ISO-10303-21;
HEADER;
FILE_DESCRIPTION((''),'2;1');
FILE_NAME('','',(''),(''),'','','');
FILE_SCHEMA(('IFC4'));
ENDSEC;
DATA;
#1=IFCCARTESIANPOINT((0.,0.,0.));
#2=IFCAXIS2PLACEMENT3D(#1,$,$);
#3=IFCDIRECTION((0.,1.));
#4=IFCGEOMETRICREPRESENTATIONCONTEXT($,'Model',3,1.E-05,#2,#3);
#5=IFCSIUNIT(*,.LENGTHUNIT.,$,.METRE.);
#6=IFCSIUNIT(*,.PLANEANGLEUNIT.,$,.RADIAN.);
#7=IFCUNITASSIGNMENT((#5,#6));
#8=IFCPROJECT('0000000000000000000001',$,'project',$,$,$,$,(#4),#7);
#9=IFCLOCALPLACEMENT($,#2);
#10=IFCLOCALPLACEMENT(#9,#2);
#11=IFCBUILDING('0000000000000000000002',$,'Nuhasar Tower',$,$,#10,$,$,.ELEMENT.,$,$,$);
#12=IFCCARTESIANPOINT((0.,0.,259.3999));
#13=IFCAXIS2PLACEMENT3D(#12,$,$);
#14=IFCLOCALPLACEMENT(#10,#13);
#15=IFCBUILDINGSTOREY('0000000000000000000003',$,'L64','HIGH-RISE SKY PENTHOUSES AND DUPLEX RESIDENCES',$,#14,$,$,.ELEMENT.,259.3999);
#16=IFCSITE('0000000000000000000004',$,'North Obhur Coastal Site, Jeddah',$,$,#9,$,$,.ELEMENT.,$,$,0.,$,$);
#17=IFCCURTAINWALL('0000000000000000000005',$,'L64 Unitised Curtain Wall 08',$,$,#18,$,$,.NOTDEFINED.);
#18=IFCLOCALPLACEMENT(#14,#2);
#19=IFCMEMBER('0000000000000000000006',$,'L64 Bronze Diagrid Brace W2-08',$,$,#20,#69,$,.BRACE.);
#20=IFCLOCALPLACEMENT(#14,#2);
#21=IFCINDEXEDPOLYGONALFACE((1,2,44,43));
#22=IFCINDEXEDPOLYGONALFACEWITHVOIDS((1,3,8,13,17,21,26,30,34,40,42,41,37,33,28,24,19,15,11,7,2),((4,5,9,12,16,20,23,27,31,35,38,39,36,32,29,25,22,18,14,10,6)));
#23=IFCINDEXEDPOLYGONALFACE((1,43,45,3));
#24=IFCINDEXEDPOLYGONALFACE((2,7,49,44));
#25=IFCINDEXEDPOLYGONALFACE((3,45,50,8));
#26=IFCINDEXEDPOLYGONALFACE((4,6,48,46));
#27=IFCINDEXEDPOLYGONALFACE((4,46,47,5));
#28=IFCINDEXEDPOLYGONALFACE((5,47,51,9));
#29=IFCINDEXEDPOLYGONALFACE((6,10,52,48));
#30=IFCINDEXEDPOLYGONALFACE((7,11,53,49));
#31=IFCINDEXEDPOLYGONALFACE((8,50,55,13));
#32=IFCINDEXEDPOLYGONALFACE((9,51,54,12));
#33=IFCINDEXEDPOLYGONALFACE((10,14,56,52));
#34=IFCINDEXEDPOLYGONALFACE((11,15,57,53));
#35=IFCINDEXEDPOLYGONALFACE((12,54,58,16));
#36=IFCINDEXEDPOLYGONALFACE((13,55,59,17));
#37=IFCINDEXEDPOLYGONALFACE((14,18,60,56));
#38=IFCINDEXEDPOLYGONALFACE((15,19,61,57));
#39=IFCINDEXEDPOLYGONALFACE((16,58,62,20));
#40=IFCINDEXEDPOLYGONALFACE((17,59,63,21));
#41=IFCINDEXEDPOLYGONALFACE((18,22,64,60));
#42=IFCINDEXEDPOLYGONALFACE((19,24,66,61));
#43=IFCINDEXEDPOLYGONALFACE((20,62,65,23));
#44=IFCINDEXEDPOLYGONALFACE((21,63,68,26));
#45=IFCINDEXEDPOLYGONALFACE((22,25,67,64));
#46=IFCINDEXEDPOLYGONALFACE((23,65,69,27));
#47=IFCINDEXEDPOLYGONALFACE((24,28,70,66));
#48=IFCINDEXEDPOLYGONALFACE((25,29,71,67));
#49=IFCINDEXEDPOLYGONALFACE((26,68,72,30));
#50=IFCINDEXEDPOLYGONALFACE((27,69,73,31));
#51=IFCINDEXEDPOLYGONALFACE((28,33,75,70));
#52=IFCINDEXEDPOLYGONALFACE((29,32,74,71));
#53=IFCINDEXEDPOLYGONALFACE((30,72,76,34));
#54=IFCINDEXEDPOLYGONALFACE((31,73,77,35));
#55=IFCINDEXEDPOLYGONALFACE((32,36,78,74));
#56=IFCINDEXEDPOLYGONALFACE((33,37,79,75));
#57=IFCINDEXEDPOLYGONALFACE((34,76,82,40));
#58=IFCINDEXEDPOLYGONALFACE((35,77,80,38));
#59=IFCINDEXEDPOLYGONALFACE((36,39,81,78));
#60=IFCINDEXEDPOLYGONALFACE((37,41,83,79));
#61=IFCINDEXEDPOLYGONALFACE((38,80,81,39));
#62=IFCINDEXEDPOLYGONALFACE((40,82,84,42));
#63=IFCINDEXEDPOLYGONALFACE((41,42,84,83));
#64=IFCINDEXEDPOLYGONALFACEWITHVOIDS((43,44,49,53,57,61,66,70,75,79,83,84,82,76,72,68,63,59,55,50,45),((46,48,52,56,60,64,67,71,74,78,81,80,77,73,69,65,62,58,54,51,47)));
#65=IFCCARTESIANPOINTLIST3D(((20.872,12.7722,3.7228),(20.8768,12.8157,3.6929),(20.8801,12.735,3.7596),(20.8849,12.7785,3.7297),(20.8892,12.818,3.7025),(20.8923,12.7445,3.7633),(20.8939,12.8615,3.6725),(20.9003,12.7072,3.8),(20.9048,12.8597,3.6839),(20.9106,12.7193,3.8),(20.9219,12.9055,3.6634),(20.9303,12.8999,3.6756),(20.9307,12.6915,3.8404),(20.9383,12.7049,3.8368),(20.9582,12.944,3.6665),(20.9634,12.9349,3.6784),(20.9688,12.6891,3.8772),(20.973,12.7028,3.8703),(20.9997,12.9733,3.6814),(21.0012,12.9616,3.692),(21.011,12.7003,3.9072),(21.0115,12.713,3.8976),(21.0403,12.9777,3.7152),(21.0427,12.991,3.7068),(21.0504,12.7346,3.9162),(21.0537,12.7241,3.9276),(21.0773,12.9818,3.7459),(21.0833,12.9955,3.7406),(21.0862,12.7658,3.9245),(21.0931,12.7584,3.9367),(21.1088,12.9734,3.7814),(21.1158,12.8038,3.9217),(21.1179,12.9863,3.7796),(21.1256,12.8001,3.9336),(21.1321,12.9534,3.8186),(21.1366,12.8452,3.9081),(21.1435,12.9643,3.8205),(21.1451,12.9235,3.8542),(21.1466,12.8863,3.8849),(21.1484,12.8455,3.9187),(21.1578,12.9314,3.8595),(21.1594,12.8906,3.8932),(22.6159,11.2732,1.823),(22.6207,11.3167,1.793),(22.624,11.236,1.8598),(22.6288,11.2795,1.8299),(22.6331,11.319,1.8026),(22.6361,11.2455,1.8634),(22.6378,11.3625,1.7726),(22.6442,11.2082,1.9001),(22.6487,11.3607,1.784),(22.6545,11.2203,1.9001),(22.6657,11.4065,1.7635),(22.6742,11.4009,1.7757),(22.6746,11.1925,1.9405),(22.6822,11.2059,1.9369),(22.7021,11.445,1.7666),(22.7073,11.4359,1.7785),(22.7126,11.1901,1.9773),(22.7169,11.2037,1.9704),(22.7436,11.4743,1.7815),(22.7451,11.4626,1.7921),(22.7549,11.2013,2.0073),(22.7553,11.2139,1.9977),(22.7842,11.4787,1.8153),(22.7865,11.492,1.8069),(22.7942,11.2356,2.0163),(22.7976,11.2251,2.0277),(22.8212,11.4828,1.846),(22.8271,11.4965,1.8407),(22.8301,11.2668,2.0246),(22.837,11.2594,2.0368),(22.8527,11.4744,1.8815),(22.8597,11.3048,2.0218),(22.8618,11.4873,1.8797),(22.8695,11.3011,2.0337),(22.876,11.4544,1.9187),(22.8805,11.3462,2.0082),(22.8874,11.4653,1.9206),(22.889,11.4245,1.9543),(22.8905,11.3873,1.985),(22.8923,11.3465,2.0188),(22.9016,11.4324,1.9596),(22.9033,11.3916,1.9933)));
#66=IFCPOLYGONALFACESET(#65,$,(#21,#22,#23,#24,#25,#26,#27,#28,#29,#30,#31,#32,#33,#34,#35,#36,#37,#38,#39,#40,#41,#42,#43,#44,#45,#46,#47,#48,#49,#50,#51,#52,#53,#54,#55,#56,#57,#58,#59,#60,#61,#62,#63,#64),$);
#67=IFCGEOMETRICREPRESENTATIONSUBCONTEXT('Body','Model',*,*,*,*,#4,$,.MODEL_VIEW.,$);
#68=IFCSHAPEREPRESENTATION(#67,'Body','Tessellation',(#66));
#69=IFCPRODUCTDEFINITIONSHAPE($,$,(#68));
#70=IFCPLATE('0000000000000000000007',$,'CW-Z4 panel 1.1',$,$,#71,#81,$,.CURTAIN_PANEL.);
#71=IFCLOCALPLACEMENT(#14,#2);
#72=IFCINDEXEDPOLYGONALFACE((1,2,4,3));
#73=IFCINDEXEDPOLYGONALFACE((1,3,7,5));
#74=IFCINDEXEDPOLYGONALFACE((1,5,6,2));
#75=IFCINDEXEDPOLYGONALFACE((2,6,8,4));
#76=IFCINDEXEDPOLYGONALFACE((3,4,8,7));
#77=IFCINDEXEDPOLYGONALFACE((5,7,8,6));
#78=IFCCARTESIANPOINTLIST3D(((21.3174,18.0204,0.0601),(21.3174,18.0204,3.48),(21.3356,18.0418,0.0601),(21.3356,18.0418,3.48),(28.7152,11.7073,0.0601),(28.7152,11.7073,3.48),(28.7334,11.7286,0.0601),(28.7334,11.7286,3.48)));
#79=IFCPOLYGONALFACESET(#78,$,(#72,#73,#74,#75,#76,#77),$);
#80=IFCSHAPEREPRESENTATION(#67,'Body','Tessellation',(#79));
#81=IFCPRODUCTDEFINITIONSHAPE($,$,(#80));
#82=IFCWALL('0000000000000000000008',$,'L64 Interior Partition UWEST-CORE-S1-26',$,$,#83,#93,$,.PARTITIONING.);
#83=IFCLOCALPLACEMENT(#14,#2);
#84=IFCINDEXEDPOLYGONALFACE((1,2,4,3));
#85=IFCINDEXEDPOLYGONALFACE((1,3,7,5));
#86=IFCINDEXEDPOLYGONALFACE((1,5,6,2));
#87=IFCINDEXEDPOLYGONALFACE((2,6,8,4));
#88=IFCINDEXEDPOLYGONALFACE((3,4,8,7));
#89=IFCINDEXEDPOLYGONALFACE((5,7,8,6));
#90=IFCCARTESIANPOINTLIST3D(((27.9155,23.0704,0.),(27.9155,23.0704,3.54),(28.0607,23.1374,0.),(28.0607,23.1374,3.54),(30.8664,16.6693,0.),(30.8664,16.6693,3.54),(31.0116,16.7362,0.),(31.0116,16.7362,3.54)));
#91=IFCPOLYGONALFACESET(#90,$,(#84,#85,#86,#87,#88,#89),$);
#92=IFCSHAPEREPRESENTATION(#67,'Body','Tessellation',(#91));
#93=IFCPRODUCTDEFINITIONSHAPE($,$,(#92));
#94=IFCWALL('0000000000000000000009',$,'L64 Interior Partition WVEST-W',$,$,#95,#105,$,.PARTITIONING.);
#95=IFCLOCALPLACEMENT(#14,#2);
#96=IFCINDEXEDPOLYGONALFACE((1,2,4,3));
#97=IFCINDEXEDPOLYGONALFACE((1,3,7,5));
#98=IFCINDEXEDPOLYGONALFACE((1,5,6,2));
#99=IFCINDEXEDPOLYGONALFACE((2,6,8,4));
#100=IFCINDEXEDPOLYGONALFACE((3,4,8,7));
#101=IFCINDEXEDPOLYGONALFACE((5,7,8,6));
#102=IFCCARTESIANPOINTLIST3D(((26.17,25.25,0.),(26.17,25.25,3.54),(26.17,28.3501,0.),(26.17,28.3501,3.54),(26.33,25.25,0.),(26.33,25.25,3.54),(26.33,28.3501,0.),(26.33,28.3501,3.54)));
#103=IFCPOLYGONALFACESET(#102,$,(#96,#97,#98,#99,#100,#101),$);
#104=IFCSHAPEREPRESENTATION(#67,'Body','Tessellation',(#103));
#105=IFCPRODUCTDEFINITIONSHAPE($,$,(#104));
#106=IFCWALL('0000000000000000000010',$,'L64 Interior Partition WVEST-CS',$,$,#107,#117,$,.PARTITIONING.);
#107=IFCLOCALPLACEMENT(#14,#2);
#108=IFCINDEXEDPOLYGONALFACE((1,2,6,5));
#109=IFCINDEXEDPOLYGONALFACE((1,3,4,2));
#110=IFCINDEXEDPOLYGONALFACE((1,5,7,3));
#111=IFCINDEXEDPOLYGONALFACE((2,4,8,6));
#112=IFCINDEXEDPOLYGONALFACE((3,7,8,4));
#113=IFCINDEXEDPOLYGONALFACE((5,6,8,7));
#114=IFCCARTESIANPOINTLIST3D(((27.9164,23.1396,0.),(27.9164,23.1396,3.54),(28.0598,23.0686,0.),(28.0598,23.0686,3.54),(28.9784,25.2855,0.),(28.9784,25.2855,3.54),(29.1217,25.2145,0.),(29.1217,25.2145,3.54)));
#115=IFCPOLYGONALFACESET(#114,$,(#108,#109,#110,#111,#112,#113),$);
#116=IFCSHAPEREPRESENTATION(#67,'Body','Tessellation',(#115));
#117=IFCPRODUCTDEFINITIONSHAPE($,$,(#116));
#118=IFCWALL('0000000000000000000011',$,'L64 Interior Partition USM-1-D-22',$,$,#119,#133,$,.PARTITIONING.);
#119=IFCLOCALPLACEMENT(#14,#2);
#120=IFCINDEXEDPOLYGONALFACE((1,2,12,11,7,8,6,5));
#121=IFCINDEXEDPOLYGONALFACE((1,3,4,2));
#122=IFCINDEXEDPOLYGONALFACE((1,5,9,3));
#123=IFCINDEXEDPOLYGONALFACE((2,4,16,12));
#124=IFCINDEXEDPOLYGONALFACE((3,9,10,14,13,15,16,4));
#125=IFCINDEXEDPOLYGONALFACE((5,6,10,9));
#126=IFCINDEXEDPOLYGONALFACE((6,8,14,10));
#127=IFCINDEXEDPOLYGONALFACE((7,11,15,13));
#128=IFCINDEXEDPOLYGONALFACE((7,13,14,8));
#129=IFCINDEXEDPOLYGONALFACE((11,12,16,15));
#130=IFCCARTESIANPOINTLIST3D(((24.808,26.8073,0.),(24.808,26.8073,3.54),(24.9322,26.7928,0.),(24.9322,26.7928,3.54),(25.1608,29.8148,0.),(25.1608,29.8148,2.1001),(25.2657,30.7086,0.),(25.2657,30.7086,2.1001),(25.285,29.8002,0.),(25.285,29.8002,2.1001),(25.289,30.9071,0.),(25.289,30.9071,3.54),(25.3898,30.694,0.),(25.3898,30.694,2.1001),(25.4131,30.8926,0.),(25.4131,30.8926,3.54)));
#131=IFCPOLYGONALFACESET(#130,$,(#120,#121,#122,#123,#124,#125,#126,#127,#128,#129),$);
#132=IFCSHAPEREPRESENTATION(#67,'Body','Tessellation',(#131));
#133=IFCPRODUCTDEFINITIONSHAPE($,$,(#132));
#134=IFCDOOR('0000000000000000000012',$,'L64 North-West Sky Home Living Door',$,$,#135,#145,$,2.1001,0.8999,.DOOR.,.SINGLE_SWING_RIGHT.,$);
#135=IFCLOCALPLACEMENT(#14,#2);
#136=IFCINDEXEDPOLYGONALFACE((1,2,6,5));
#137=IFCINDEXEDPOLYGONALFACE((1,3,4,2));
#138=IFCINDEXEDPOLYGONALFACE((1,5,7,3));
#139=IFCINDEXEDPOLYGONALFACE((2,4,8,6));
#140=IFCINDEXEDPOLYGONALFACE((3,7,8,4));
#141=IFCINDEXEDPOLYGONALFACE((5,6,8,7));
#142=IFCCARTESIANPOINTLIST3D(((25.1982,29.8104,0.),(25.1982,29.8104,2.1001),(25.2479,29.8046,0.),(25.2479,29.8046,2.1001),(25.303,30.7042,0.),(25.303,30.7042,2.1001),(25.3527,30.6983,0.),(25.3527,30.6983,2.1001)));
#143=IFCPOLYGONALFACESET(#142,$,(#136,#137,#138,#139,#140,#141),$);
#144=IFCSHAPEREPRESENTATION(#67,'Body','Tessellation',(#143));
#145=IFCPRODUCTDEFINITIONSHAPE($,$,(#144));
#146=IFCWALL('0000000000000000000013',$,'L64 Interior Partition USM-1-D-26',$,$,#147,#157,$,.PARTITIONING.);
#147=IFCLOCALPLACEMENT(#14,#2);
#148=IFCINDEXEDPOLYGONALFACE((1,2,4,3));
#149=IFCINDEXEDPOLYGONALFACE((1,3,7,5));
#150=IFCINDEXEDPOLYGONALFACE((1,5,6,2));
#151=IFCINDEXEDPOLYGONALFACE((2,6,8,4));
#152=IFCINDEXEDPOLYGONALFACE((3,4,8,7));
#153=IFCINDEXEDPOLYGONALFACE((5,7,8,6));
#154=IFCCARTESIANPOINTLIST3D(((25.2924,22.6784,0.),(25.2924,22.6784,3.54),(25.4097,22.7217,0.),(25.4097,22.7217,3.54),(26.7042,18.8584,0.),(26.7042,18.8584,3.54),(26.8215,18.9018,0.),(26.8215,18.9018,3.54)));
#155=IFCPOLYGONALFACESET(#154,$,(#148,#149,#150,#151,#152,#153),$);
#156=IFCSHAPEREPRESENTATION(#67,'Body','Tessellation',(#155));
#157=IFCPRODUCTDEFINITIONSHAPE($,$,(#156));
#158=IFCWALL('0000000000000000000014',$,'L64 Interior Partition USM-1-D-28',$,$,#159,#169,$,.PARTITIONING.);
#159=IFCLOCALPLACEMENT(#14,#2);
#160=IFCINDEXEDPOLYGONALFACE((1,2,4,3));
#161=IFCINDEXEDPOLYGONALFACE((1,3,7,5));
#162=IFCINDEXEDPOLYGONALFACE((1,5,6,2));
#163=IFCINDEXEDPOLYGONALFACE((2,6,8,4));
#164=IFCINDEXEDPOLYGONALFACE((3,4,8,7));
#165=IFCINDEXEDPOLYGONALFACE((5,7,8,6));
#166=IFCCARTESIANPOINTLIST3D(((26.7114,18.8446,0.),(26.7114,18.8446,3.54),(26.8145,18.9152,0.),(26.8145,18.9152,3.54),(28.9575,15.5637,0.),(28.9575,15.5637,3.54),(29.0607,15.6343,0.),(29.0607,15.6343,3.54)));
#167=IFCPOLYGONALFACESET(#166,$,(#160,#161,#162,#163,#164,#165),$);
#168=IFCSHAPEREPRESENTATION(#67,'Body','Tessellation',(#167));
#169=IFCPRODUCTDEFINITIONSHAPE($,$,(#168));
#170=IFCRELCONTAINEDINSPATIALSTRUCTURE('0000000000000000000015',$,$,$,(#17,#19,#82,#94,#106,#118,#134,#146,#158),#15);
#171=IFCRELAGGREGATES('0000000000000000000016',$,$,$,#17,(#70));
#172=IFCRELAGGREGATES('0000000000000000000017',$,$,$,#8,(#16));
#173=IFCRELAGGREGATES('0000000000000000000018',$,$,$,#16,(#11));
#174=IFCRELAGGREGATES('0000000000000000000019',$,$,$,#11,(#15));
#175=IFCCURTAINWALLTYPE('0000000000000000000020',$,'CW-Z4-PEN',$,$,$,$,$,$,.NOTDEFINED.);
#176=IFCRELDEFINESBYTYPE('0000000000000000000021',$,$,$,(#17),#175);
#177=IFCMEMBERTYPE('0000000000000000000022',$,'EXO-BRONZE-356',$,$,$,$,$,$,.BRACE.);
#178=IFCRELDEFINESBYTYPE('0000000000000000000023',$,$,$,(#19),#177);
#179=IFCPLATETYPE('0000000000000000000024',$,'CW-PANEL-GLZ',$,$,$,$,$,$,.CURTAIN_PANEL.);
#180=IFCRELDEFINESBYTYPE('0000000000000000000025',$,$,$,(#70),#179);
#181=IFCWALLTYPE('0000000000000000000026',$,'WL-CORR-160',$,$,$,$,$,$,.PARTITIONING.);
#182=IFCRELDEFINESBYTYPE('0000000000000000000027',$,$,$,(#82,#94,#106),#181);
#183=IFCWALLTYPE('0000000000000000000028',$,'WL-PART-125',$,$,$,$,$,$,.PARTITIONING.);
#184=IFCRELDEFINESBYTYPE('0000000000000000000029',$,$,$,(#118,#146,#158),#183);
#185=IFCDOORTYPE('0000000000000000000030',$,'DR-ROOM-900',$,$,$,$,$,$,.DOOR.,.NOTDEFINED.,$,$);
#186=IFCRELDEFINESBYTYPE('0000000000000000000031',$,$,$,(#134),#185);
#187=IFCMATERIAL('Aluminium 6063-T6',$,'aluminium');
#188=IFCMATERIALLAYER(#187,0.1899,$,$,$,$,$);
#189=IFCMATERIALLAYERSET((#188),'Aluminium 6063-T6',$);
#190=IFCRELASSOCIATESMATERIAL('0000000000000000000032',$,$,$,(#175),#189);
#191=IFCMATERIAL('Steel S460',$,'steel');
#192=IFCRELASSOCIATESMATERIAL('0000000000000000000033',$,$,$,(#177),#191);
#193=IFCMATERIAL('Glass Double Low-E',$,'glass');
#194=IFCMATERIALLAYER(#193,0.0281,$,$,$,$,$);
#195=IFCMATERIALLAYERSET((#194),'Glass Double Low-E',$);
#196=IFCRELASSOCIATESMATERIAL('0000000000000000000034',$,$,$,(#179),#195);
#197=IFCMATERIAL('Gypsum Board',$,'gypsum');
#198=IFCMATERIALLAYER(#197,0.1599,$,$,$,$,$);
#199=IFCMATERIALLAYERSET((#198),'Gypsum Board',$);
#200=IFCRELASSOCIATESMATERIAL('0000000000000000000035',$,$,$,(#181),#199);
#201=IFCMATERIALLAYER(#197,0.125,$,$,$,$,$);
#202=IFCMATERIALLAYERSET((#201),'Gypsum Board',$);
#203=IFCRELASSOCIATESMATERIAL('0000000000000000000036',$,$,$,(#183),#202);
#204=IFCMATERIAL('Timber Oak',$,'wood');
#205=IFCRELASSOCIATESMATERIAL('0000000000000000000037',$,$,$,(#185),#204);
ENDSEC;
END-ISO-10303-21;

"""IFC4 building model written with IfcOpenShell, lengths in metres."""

from ifc_helpers import new_model, si_unit, direction, frame, frame_2d, origin, origin_2d, place, context, subcontext, project, spatial, rectangle, hollow_circle, extrude, material, layer, layer_set, material_profile, profile_set, type_object, element, fill, aggregate, save


model = new_model("IFC4")

# Units and contexts
model_context = context("Model", 3, precision=1e-05, world=origin(), true_north=direction((0.0, 1.0)))
body_context = subcontext(model_context, "Body", "Model", "MODEL_VIEW")
ifc_project = project(units=[si_unit("LENGTHUNIT", "METRE"), si_unit("PLANEANGLEUNIT", "RADIAN")], contexts=[model_context])

# Site, building, storey
site_placement = place(None, origin())
site = spatial("IfcSite", under=ifc_project, at=site_placement, Name="North Obhur Coastal Site, Jeddah", CompositionType="ELEMENT", RefElevation=0.0)
building_placement = place(site_placement, origin())
building = spatial("IfcBuilding", under=site, at=building_placement, Name="Nuhasar Tower", CompositionType="ELEMENT")
storey_placement = place(building_placement, frame((0.0, 0.0, 259.3999)))
storey = spatial("IfcBuildingStorey", under=building, at=storey_placement, Name="L64", Description="HIGH-RISE SKY PENTHOUSES AND DUPLEX RESIDENCES", CompositionType="ELEMENT", Elevation=259.3999)

# Curtain wall
ifc_material_1 = material(Name="Aluminium 6063-T6", Category="aluminium")
ifc_layer_1 = layer(ifc_material_1, 0.1899)
ifc_layer_set_1 = layer_set([ifc_layer_1], Name="Aluminium 6063-T6")
curtain_wall_type = type_object("IfcCurtainWallType", Name="CW-Z4-PEN", PredefinedType="NOTDEFINED", material=ifc_layer_set_1)
curtain_wall_1_placement = place(storey_placement, origin())
curtain_wall_1 = element("IfcCurtainWall", 1, at=curtain_wall_1_placement, inside=storey, type_object=curtain_wall_type, Name="L64 Unitised Curtain Wall 08", PredefinedType="NOTDEFINED")

# Member
ifc_material_2 = material(Name="Steel S460", Category="steel")
ifc_material_profile_1 = material_profile(ifc_material_2, hollow_circle(Radius=0.1777, WallThickness=0.0159, at=origin_2d()), Name="HSS355.6X15.9")
ifc_profile_set_1 = profile_set([ifc_material_profile_1], Name="Steel S460")
member_type_1 = type_object("IfcMemberType", Name="EXO-BRONZE-356", PredefinedType="BRACE", material=ifc_profile_set_1)
member_1_placement = place(storey_placement, frame((22.76, 11.343, 1.9001), z_axis=(-0.584625, 0.502534, 0.636925), x_axis=(-0.651857, -0.758342, 0.0)))
element("IfcMember", 2, at=member_1_placement, inside=storey, type_object=member_type_1, Name="L64 Bronze Diagrid Brace W2-08", PredefinedType="BRACE", context=body_context, shape_type="SweptSolid", body=[
    extrude(hollow_circle(Radius=0.1777, WallThickness=0.0159, at=origin_2d()), origin(), (0.0, 0.0, 1.0), 2.9829),
])

# Plate
ifc_material_3 = material(Name="Glass Double Low-E", Category="glass")
ifc_layer_2 = layer(ifc_material_3, 0.0281)
ifc_layer_set_2 = layer_set([ifc_layer_2], Name="Glass Double Low-E")
plate_type = type_object("IfcPlateType", Name="CW-PANEL-GLZ", PredefinedType="CURTAIN_PANEL", material=ifc_layer_set_2)
plate_placement = place(storey_placement, frame((25.0254, 14.8745, 0.0601), z_axis=(0.0, 0.0, 1.0), x_axis=(0.760667, -0.649142, 0.0)))
plate = element("IfcPlate", 3, at=plate_placement, type_object=plate_type, Name="CW-Z4 panel 1.1", PredefinedType="CURTAIN_PANEL", context=body_context, shape_type="SweptSolid", body=[
    extrude(rectangle(XDim=9.7253, YDim=0.0281, at=origin_2d()), origin(), (0.0, 0.0, 1.0), 3.4199),
])
aggregate(curtain_wall_1, [plate])

# Wall
ifc_material_4 = material(Name="Gypsum Board", Category="gypsum")
ifc_layer_3 = layer(ifc_material_4, 0.1599)
ifc_layer_set_3 = layer_set([ifc_layer_3], Name="Gypsum Board")
wall_type_1 = type_object("IfcWallType", Name="WL-CORR-160", PredefinedType="PARTITIONING", material=ifc_layer_set_3)
wall_1_placement = place(storey_placement, frame((27.988, 23.104, 0.0), z_axis=(0.0, 0.0, 1.0), x_axis=(0.418656, -0.908145, 0.0)))
element("IfcWall", 4, at=wall_1_placement, inside=storey, type_object=wall_type_1, Name="L64 Interior Partition UWEST-CORE-S1-26", PredefinedType="PARTITIONING", context=body_context, shape_type="SweptSolid", body=[
    extrude(rectangle(XDim=7.0486, YDim=0.1599, at=frame_2d((3.5244, 0.0))), origin(), (0.0, 0.0, 1.0), 3.54),
])

# Shared definitions
ifc_material_5 = material(Name="Timber Oak", Category="wood")

# Walls
wall_2_placement = place(storey_placement, frame((26.25, 25.25, 0.0), z_axis=(0.0, 0.0, 1.0), x_axis=(0.0, 1.0, 0.0)))
element("IfcWall", 5, at=wall_2_placement, inside=storey, type_object=wall_type_1, Name="L64 Interior Partition WVEST-W", PredefinedType="PARTITIONING", context=body_context, shape_type="SweptSolid", body=[
    extrude(rectangle(XDim=3.1001, YDim=0.1599, at=frame_2d((1.55, 0.0))), origin(), (0.0, 0.0, 1.0), 3.54),
])
wall_3_placement = place(storey_placement, frame((27.988, 23.104, 0.0), z_axis=(0.0, 0.0, 1.0), x_axis=(0.443539, 0.896255, 0.0)))
element("IfcWall", 6, at=wall_3_placement, inside=storey, type_object=wall_type_1, Name="L64 Interior Partition WVEST-CS", PredefinedType="PARTITIONING", context=body_context, shape_type="SweptSolid", body=[
    extrude(rectangle(XDim=2.3943, YDim=0.1599, at=frame_2d((1.1973, 0.0))), origin(), (0.0, 0.0, 1.0), 3.54),
])

# Wall, opening, door
ifc_layer_4 = layer(ifc_material_4, 0.125)
ifc_layer_set_4 = layer_set([ifc_layer_4], Name="Gypsum Board")
wall_type_2 = type_object("IfcWallType", Name="WL-PART-125", PredefinedType="PARTITIONING", material=ifc_layer_set_4)
wall_4_placement = place(storey_placement, frame((24.8701, 26.8, 0.0), z_axis=(0.0, 0.0, 1.0), x_axis=(0.116512, 0.993189, 0.0)))
wall_4 = element("IfcWall", 7, at=wall_4_placement, inside=storey, type_object=wall_type_2, Name="L64 Interior Partition USM-1-D-22", PredefinedType="PARTITIONING", context=body_context, shape_type="SweptSolid", body=[
    extrude(rectangle(XDim=4.1279, YDim=0.125, at=frame_2d((2.064, 0.0))), origin(), (0.0, 0.0, 1.0), 3.54),
])
opening_1_placement = place(wall_4_placement, frame((3.0281, 0.0, 0.0)))
opening_1 = element("IfcOpeningElement", 8, at=opening_1_placement, cuts=wall_4, PredefinedType="OPENING", context=body_context, shape_type="SweptSolid", body=[
    extrude(rectangle(XDim=0.8999, YDim=2.1001, at=frame_2d((0.45, 1.05))), frame((0.0, 0.0725, 0.0), z_axis=(0.0, -1.0, 0.0), x_axis=(1.0, 0.0, 0.0)), (0.0, 0.0, 1.0), 0.145),
])
door_type_1 = type_object("IfcDoorType", Name="DR-ROOM-900", OperationType="NOTDEFINED", PredefinedType="DOOR", material=ifc_material_5)
door_1_placement = place(opening_1_placement, origin())
door_1 = element("IfcDoor", 9, at=door_1_placement, inside=storey, type_object=door_type_1, Name="L64 North-West Sky Home Living Door", OperationType="SINGLE_SWING_RIGHT", OverallHeight=2.1001, OverallWidth=0.8999, PredefinedType="DOOR", context=body_context, shape_type="SweptSolid", body=[
    extrude(rectangle(XDim=0.8999, YDim=2.1001, at=frame_2d((0.45, 1.05))), frame((0.0, 0.0249, 0.0), z_axis=(0.0, -1.0, 0.0), x_axis=(1.0, 0.0, 0.0)), (0.0, 0.0, 1.0), 0.05),
])
fill(opening_1, door_1)

# Walls
wall_5_placement = place(storey_placement, frame((25.3511, 22.7, 0.0), z_axis=(0.0, 0.0, 1.0), x_axis=(0.346672, -0.937986, 0.0)))
element("IfcWall", 10, at=wall_5_placement, inside=storey, type_object=wall_type_2, Name="L64 Interior Partition USM-1-D-26", PredefinedType="PARTITIONING", context=body_context, shape_type="SweptSolid", body=[
    extrude(rectangle(XDim=4.0725, YDim=0.125, at=frame_2d((2.0361, 0.0))), origin(), (0.0, 0.0, 1.0), 3.54),
])
wall_6_placement = place(storey_placement, frame((26.7629, 18.8799, 0.0), z_axis=(0.0, 0.0, 1.0), x_axis=(0.564917, -0.825148, 0.0)))
element("IfcWall", 11, at=wall_6_placement, inside=storey, type_object=wall_type_2, Name="L64 Interior Partition USM-1-D-28", PredefinedType="PARTITIONING", context=body_context, shape_type="SweptSolid", body=[
    extrude(rectangle(XDim=3.9761, YDim=0.125, at=frame_2d((1.988, 0.0))), origin(), (0.0, 0.0, 1.0), 3.54),
])

save(model, "model.ifc")
